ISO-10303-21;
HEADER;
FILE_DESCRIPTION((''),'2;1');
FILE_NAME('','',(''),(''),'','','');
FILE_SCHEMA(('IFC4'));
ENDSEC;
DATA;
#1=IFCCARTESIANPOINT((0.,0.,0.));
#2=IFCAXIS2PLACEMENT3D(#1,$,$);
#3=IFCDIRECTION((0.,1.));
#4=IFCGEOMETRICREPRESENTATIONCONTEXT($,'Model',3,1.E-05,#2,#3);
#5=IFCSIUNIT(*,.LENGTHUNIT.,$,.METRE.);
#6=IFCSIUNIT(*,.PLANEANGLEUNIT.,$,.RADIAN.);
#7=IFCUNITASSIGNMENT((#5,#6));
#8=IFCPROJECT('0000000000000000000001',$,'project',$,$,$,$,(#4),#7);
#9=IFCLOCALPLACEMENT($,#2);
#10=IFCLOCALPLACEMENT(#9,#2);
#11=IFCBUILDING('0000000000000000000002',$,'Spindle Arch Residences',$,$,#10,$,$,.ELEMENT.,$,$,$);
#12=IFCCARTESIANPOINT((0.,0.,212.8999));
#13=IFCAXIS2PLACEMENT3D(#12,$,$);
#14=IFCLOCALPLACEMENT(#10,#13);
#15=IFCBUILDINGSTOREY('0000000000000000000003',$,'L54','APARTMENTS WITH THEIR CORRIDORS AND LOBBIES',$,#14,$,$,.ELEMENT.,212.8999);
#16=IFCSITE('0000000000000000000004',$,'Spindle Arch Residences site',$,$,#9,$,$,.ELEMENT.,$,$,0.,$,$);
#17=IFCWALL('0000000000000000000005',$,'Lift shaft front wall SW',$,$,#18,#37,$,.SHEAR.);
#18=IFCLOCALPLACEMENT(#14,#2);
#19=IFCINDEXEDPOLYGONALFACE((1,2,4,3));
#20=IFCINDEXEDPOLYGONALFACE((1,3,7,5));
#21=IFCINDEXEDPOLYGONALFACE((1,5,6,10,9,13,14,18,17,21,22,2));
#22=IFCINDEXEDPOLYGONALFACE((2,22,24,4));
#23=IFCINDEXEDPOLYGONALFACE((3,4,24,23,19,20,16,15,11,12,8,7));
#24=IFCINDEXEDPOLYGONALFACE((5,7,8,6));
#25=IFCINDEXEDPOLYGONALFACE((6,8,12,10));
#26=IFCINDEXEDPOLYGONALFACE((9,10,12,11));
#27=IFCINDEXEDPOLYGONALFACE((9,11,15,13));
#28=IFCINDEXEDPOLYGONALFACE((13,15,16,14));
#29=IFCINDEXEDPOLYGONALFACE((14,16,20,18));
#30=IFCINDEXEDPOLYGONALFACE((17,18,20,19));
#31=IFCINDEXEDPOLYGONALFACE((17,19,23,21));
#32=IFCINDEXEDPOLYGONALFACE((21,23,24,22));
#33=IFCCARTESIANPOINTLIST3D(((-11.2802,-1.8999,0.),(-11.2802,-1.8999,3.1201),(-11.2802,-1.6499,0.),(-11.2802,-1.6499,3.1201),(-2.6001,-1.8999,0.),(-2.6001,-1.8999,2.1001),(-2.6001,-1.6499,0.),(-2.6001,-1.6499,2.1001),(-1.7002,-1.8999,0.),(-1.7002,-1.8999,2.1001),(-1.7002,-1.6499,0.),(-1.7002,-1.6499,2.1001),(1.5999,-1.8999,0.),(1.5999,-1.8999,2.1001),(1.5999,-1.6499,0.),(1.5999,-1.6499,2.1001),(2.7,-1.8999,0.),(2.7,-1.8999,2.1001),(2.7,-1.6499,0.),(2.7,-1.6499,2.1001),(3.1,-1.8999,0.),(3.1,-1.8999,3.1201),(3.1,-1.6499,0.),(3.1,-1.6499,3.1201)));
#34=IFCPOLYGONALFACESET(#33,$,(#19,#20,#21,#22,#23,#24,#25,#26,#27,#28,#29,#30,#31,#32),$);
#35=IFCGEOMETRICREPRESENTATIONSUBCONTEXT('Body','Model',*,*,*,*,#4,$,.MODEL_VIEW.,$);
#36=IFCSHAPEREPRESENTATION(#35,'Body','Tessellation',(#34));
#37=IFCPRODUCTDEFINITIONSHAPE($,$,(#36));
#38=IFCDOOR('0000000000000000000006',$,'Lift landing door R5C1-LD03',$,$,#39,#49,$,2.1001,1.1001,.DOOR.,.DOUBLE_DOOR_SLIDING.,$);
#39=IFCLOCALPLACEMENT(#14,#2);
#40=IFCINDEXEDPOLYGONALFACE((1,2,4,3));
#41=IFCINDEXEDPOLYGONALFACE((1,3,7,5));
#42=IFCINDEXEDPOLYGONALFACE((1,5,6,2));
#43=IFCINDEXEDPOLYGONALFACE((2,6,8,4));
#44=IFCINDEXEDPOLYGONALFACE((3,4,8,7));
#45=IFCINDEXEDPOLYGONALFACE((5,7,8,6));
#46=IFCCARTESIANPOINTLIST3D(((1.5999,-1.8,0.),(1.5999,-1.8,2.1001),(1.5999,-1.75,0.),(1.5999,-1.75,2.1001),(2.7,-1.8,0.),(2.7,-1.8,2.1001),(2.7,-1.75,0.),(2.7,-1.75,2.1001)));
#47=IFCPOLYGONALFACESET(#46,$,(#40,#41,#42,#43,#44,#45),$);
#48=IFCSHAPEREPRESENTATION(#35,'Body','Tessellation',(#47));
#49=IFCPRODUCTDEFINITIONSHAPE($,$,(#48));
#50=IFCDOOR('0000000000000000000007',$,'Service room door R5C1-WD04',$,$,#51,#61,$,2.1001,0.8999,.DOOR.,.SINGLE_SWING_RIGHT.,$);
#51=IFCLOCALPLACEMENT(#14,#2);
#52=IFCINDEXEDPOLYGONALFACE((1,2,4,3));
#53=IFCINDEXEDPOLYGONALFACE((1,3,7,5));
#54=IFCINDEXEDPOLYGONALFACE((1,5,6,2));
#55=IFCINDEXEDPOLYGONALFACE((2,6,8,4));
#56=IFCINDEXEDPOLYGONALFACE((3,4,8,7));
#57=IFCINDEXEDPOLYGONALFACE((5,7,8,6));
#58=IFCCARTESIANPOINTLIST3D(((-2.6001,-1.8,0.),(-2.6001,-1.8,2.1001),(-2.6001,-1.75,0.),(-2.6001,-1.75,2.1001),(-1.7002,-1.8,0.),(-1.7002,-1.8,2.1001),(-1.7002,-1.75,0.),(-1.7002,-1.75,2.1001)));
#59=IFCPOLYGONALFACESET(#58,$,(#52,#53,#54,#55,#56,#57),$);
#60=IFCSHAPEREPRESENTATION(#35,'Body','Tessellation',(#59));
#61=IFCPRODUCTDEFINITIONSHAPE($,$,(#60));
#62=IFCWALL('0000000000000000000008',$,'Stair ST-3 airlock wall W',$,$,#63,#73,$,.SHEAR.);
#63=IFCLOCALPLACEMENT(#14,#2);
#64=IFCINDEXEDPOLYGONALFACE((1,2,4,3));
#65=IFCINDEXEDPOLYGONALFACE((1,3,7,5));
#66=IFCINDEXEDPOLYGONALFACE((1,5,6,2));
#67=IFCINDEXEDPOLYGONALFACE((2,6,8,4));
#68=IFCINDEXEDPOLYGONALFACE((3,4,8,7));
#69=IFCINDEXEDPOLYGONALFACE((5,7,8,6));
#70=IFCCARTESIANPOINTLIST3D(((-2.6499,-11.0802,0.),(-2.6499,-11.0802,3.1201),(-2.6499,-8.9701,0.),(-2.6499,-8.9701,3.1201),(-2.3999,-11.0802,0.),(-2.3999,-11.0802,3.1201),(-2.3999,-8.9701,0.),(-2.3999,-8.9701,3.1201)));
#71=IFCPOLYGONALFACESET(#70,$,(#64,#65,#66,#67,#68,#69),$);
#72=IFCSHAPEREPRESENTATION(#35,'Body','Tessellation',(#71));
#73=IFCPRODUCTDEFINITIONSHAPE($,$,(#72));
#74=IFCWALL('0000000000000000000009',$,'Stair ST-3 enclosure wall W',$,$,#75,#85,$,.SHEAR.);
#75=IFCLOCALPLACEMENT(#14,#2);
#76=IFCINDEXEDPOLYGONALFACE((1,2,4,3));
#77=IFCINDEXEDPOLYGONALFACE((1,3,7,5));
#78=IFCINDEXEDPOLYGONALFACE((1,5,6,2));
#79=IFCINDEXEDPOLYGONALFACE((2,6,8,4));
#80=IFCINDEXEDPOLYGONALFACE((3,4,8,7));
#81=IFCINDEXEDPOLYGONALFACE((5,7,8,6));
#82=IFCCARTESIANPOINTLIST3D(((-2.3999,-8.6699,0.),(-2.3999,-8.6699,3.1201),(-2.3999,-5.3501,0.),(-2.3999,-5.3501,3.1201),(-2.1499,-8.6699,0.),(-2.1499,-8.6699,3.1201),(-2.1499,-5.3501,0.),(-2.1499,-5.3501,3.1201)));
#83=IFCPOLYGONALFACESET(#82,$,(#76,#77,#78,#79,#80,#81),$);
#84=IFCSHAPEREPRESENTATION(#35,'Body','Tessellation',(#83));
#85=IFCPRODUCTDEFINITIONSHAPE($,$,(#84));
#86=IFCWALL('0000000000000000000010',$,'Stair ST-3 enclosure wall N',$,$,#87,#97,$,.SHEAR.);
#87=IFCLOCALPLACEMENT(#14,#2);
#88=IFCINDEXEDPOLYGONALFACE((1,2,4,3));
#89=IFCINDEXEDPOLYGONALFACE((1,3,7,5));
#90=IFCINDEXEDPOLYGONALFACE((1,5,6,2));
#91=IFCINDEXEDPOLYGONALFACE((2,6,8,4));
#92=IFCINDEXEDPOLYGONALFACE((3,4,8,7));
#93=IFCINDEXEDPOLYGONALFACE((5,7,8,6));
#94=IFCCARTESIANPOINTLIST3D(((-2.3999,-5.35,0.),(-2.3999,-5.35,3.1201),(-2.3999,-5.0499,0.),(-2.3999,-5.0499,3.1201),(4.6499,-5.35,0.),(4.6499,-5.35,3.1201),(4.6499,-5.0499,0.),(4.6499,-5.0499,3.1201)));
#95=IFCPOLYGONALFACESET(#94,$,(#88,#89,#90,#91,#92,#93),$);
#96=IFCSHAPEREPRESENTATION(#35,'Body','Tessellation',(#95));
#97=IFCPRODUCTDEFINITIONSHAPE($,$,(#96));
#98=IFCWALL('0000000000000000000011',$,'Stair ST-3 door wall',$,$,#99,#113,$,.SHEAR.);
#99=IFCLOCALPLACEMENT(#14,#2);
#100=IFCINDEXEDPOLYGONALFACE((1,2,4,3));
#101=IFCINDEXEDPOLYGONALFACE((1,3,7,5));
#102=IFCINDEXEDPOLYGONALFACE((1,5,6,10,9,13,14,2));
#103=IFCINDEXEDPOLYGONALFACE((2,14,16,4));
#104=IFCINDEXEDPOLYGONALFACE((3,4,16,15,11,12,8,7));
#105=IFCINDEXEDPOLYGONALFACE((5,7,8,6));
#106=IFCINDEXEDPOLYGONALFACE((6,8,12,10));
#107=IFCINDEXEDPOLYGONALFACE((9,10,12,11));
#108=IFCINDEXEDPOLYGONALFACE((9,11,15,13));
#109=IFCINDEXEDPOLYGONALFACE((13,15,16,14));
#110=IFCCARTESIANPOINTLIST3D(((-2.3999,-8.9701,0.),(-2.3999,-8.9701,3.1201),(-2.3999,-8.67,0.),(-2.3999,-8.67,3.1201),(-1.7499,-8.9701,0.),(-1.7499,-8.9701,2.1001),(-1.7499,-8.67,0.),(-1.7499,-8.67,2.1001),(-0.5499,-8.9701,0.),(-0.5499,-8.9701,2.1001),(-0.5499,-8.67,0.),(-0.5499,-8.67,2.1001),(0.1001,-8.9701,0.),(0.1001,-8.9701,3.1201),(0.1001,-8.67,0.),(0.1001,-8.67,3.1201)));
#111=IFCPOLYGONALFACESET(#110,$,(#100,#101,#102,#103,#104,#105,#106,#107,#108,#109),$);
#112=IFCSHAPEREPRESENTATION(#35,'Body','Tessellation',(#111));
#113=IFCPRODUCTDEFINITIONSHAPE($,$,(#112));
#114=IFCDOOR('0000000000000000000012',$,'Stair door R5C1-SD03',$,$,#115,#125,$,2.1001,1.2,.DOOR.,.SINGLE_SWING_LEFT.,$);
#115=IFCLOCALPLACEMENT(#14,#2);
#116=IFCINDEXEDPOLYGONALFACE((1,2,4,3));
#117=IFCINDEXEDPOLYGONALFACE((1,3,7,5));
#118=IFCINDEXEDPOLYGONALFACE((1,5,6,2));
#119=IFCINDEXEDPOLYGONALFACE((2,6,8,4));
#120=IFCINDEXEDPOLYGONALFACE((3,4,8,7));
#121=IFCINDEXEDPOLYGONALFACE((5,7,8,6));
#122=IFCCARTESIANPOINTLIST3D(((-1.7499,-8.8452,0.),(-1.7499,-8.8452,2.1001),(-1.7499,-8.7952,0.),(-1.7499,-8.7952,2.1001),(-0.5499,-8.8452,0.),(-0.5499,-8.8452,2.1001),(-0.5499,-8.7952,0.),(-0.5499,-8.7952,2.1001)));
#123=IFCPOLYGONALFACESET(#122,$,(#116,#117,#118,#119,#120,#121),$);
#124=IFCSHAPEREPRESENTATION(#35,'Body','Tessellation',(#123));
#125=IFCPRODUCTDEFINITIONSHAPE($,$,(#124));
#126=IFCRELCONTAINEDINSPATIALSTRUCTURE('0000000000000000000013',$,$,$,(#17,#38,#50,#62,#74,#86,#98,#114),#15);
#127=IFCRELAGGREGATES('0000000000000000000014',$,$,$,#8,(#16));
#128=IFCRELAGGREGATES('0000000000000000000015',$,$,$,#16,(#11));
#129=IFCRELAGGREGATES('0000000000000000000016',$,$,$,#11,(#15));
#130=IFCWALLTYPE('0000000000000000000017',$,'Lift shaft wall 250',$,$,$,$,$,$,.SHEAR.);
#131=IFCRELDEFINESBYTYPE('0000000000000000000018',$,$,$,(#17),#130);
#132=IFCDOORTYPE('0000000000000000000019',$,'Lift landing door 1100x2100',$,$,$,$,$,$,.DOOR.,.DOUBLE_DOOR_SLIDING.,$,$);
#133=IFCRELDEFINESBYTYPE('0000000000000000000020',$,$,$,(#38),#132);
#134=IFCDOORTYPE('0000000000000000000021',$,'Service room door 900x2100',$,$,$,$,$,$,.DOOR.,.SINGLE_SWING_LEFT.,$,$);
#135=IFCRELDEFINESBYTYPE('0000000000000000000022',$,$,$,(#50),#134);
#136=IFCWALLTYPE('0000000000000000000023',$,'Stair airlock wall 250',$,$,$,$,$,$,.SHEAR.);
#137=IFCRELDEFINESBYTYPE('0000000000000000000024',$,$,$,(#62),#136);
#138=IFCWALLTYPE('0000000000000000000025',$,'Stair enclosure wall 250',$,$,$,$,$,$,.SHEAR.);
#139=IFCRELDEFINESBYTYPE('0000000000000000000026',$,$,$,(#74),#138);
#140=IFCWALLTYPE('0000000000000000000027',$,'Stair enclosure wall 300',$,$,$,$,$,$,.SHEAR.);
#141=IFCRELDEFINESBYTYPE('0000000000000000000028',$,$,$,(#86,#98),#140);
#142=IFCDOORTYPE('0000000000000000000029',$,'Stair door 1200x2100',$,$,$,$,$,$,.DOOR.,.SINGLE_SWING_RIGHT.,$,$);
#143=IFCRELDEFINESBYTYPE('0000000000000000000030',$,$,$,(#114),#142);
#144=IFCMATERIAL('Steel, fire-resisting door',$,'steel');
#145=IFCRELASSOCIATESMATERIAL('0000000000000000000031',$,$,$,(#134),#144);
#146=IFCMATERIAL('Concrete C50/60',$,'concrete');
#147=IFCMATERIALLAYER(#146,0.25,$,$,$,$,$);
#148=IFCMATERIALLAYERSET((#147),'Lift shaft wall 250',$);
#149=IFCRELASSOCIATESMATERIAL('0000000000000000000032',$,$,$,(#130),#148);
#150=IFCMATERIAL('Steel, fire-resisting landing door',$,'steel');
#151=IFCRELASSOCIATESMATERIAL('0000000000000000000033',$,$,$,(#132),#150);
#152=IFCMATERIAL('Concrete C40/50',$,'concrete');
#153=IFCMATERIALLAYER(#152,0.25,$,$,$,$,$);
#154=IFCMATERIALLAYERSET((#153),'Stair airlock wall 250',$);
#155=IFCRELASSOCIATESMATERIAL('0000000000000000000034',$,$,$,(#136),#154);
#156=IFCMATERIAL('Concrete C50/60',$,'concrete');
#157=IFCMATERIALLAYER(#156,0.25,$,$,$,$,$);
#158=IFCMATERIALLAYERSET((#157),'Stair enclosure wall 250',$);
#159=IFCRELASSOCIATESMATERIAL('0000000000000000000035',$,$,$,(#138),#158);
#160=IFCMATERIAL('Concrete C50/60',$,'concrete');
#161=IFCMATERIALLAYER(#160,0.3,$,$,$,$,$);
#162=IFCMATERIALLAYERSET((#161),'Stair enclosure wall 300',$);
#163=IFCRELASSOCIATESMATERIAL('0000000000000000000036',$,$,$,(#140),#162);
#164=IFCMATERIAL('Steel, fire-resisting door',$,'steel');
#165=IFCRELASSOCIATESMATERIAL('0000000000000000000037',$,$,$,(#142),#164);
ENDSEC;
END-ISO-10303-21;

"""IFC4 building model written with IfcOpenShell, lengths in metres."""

from ifc_helpers import new_model, si_unit, direction, frame, frame_2d, origin, place, context, subcontext, project, spatial, rectangle, extrude, material, layer, layer_set, type_object, element, fill, save


model = new_model("IFC4")

# Units and contexts
model_context = context("Model", 3, precision=1e-05, world=origin(), true_north=direction((0.0, 1.0)))
body_context = subcontext(model_context, "Body", "Model", "MODEL_VIEW")
ifc_project = project(units=[si_unit("LENGTHUNIT", "METRE"), si_unit("PLANEANGLEUNIT", "RADIAN")], contexts=[model_context])

# Site, building, storey
site_placement = place(None, origin())
site = spatial("IfcSite", under=ifc_project, at=site_placement, Name="Spindle Arch Residences site", CompositionType="ELEMENT", RefElevation=0.0)
building_placement = place(site_placement, origin())
building = spatial("IfcBuilding", under=site, at=building_placement, Name="Spindle Arch Residences", CompositionType="ELEMENT")
storey_placement = place(building_placement, frame((0.0, 0.0, 212.8999)))
storey = spatial("IfcBuildingStorey", under=building, at=storey_placement, Name="L54", Description="APARTMENTS WITH THEIR CORRIDORS AND LOBBIES", CompositionType="ELEMENT", Elevation=212.8999)

# Shared definitions
ifc_material_1 = material(Name="Steel, fire-resisting door", Category="steel")
door_type_1 = type_object("IfcDoorType", Name="Service room door 900x2100", OperationType="SINGLE_SWING_LEFT", PredefinedType="DOOR", material=ifc_material_1)

# Wall, openings, doors
ifc_material_2 = material(Name="Concrete C50/60", Category="concrete")
ifc_layer_1 = layer(ifc_material_2, 0.25)
ifc_layer_set_1 = layer_set([ifc_layer_1], Name="Lift shaft wall 250")
wall_type_1 = type_object("IfcWallType", Name="Lift shaft wall 250", PredefinedType="SHEAR", material=ifc_layer_set_1)
wall_1_placement = place(storey_placement, frame((-11.28, -1.7749, 0.0), z_axis=(0.0, 0.0, 1.0), x_axis=(1.0, 0.0, 0.0)))
wall_1 = element("IfcWall", 1, at=wall_1_placement, inside=storey, type_object=wall_type_1, Name="Lift shaft front wall SW", PredefinedType="SHEAR", context=body_context, shape_type="SweptSolid", body=[
    extrude(rectangle(XDim=14.3801, YDim=0.25, at=frame_2d((7.1899, 0.0))), origin(), (0.0, 0.0, 1.0), 3.1201),
])
opening_1_placement = place(wall_1_placement, frame((12.8799, 0.0, 0.0)))
opening_1 = element("IfcOpeningElement", 2, at=opening_1_placement, cuts=wall_1, PredefinedType="OPENING", context=body_context, shape_type="SweptSolid", body=[
    extrude(rectangle(XDim=1.1001, YDim=2.1001, at=frame_2d((0.55, 1.05))), frame((0.0, 0.135, 0.0), z_axis=(0.0, -1.0, 0.0), x_axis=(1.0, 0.0, 0.0)), (0.0, 0.0, 1.0), 0.27),
])
opening_2_placement = place(wall_1_placement, frame((8.6799, 0.0, 0.0)))
opening_2 = element("IfcOpeningElement", 3, at=opening_2_placement, cuts=wall_1, PredefinedType="OPENING", context=body_context, shape_type="SweptSolid", body=[
    extrude(rectangle(XDim=0.8999, YDim=2.1001, at=frame_2d((0.45, 1.05))), frame((0.0, 0.135, 0.0), z_axis=(0.0, -1.0, 0.0), x_axis=(1.0, 0.0, 0.0)), (0.0, 0.0, 1.0), 0.27),
])
ifc_material_3 = material(Name="Steel, fire-resisting landing door", Category="steel")
door_type_2 = type_object("IfcDoorType", Name="Lift landing door 1100x2100", OperationType="DOUBLE_DOOR_SLIDING", PredefinedType="DOOR", material=ifc_material_3)
door_1_placement = place(opening_1_placement, origin())
door_1 = element("IfcDoor", 4, at=door_1_placement, inside=storey, type_object=door_type_2, Name="Lift landing door R5C1-LD03", OperationType="DOUBLE_DOOR_SLIDING", OverallHeight=2.1001, OverallWidth=1.1001, PredefinedType="DOOR", context=body_context, shape_type="SweptSolid", body=[
    extrude(rectangle(XDim=1.1001, YDim=2.1001, at=frame_2d((0.55, 1.05))), frame((0.0, 0.0249, 0.0), z_axis=(0.0, -1.0, 0.0), x_axis=(1.0, 0.0, 0.0)), (0.0, 0.0, 1.0), 0.05),
])
fill(opening_1, door_1)
door_2_placement = place(opening_2_placement, origin())
door_2 = element("IfcDoor", 5, at=door_2_placement, inside=storey, type_object=door_type_1, Name="Service room door R5C1-WD04", OperationType="SINGLE_SWING_RIGHT", OverallHeight=2.1001, OverallWidth=0.8999, PredefinedType="DOOR", context=body_context, shape_type="SweptSolid", body=[
    extrude(rectangle(XDim=0.8999, YDim=2.1001, at=frame_2d((0.45, 1.05))), frame((0.0, 0.0249, 0.0), z_axis=(0.0, -1.0, 0.0), x_axis=(1.0, 0.0, 0.0)), (0.0, 0.0, 1.0), 0.05),
])
fill(opening_2, door_2)

# Walls
ifc_material_4 = material(Name="Concrete C40/50", Category="concrete")
ifc_layer_2 = layer(ifc_material_4, 0.25)
ifc_layer_set_2 = layer_set([ifc_layer_2], Name="Stair airlock wall 250")
wall_type_2 = type_object("IfcWallType", Name="Stair airlock wall 250", PredefinedType="SHEAR", material=ifc_layer_set_2)
wall_2_placement = place(storey_placement, frame((-2.5249, -8.97, 0.0), z_axis=(0.0, 0.0, 1.0), x_axis=(0.0, -1.0, 0.0)))
element("IfcWall", 6, at=wall_2_placement, inside=storey, type_object=wall_type_2, Name="Stair ST-3 airlock wall W", PredefinedType="SHEAR", context=body_context, shape_type="SweptSolid", body=[
    extrude(rectangle(XDim=2.1101, YDim=0.25, at=frame_2d((1.0552, 0.0))), origin(), (0.0, 0.0, 1.0), 3.1201),
])
ifc_material_5 = material(Name="Concrete C50/60", Category="concrete")
ifc_layer_3 = layer(ifc_material_5, 0.25)
ifc_layer_set_3 = layer_set([ifc_layer_3], Name="Stair enclosure wall 250")
wall_type_3 = type_object("IfcWallType", Name="Stair enclosure wall 250", PredefinedType="SHEAR", material=ifc_layer_set_3)
wall_3_placement = place(storey_placement, frame((-2.2749, -8.6699, 0.0), z_axis=(0.0, 0.0, 1.0), x_axis=(0.0, 1.0, 0.0)))
element("IfcWall", 7, at=wall_3_placement, inside=storey, type_object=wall_type_3, Name="Stair ST-3 enclosure wall W", PredefinedType="SHEAR", context=body_context, shape_type="SweptSolid", body=[
    extrude(rectangle(XDim=3.3198, YDim=0.25, at=frame_2d((1.6599, 0.0))), origin(), (0.0, 0.0, 1.0), 3.1201),
])
ifc_material_6 = material(Name="Concrete C50/60", Category="concrete")
ifc_layer_4 = layer(ifc_material_6, 0.3)
ifc_layer_set_4 = layer_set([ifc_layer_4], Name="Stair enclosure wall 300")
wall_type_4 = type_object("IfcWallType", Name="Stair enclosure wall 300", PredefinedType="SHEAR", material=ifc_layer_set_4)
wall_4_placement = place(storey_placement, frame((-2.3999, -5.2, 0.0), z_axis=(0.0, 0.0, 1.0), x_axis=(1.0, 0.0, 0.0)))
element("IfcWall", 8, at=wall_4_placement, inside=storey, type_object=wall_type_4, Name="Stair ST-3 enclosure wall N", PredefinedType="SHEAR", context=body_context, shape_type="SweptSolid", body=[
    extrude(rectangle(XDim=7.0498, YDim=0.3, at=frame_2d((3.5249, 0.0))), origin(), (0.0, 0.0, 1.0), 3.1201),
])

# Wall, opening, door
wall_5_placement = place(storey_placement, frame((-2.3999, -8.8201, 0.0), z_axis=(0.0, 0.0, 1.0), x_axis=(1.0, 0.0, 0.0)))
wall_5 = element("IfcWall", 9, at=wall_5_placement, inside=storey, type_object=wall_type_4, Name="Stair ST-3 door wall", PredefinedType="SHEAR", context=body_context, shape_type="SweptSolid", body=[
    extrude(rectangle(XDim=2.5, YDim=0.3, at=frame_2d((1.25, 0.0))), origin(), (0.0, 0.0, 1.0), 3.1201),
])
opening_3_placement = place(wall_5_placement, frame((0.6499, 0.0, 0.0)))
opening_3 = element("IfcOpeningElement", 10, at=opening_3_placement, cuts=wall_5, PredefinedType="OPENING", context=body_context, shape_type="SweptSolid", body=[
    extrude(rectangle(XDim=1.2, YDim=2.1001, at=frame_2d((0.6001, 1.05))), frame((0.0, 0.1602, 0.0), z_axis=(0.0, -1.0, 0.0), x_axis=(1.0, 0.0, 0.0)), (0.0, 0.0, 1.0), 0.3201),
])
ifc_material_7 = material(Name="Steel, fire-resisting door", Category="steel")
door_type_3 = type_object("IfcDoorType", Name="Stair door 1200x2100", OperationType="SINGLE_SWING_RIGHT", PredefinedType="DOOR", material=ifc_material_7)
door_3_placement = place(opening_3_placement, origin())
door_3 = element("IfcDoor", 11, at=door_3_placement, inside=storey, type_object=door_type_3, Name="Stair door R5C1-SD03", OperationType="SINGLE_SWING_LEFT", OverallHeight=2.1001, OverallWidth=1.2, PredefinedType="DOOR", context=body_context, shape_type="SweptSolid", body=[
    extrude(rectangle(XDim=1.2, YDim=2.1001, at=frame_2d((0.6001, 1.05))), frame((0.0, 0.0249, 0.0), z_axis=(0.0, -1.0, 0.0), x_axis=(1.0, 0.0, 0.0)), (0.0, 0.0, 1.0), 0.05),
])
fill(opening_3, door_3)

save(model, "model.ifc")
